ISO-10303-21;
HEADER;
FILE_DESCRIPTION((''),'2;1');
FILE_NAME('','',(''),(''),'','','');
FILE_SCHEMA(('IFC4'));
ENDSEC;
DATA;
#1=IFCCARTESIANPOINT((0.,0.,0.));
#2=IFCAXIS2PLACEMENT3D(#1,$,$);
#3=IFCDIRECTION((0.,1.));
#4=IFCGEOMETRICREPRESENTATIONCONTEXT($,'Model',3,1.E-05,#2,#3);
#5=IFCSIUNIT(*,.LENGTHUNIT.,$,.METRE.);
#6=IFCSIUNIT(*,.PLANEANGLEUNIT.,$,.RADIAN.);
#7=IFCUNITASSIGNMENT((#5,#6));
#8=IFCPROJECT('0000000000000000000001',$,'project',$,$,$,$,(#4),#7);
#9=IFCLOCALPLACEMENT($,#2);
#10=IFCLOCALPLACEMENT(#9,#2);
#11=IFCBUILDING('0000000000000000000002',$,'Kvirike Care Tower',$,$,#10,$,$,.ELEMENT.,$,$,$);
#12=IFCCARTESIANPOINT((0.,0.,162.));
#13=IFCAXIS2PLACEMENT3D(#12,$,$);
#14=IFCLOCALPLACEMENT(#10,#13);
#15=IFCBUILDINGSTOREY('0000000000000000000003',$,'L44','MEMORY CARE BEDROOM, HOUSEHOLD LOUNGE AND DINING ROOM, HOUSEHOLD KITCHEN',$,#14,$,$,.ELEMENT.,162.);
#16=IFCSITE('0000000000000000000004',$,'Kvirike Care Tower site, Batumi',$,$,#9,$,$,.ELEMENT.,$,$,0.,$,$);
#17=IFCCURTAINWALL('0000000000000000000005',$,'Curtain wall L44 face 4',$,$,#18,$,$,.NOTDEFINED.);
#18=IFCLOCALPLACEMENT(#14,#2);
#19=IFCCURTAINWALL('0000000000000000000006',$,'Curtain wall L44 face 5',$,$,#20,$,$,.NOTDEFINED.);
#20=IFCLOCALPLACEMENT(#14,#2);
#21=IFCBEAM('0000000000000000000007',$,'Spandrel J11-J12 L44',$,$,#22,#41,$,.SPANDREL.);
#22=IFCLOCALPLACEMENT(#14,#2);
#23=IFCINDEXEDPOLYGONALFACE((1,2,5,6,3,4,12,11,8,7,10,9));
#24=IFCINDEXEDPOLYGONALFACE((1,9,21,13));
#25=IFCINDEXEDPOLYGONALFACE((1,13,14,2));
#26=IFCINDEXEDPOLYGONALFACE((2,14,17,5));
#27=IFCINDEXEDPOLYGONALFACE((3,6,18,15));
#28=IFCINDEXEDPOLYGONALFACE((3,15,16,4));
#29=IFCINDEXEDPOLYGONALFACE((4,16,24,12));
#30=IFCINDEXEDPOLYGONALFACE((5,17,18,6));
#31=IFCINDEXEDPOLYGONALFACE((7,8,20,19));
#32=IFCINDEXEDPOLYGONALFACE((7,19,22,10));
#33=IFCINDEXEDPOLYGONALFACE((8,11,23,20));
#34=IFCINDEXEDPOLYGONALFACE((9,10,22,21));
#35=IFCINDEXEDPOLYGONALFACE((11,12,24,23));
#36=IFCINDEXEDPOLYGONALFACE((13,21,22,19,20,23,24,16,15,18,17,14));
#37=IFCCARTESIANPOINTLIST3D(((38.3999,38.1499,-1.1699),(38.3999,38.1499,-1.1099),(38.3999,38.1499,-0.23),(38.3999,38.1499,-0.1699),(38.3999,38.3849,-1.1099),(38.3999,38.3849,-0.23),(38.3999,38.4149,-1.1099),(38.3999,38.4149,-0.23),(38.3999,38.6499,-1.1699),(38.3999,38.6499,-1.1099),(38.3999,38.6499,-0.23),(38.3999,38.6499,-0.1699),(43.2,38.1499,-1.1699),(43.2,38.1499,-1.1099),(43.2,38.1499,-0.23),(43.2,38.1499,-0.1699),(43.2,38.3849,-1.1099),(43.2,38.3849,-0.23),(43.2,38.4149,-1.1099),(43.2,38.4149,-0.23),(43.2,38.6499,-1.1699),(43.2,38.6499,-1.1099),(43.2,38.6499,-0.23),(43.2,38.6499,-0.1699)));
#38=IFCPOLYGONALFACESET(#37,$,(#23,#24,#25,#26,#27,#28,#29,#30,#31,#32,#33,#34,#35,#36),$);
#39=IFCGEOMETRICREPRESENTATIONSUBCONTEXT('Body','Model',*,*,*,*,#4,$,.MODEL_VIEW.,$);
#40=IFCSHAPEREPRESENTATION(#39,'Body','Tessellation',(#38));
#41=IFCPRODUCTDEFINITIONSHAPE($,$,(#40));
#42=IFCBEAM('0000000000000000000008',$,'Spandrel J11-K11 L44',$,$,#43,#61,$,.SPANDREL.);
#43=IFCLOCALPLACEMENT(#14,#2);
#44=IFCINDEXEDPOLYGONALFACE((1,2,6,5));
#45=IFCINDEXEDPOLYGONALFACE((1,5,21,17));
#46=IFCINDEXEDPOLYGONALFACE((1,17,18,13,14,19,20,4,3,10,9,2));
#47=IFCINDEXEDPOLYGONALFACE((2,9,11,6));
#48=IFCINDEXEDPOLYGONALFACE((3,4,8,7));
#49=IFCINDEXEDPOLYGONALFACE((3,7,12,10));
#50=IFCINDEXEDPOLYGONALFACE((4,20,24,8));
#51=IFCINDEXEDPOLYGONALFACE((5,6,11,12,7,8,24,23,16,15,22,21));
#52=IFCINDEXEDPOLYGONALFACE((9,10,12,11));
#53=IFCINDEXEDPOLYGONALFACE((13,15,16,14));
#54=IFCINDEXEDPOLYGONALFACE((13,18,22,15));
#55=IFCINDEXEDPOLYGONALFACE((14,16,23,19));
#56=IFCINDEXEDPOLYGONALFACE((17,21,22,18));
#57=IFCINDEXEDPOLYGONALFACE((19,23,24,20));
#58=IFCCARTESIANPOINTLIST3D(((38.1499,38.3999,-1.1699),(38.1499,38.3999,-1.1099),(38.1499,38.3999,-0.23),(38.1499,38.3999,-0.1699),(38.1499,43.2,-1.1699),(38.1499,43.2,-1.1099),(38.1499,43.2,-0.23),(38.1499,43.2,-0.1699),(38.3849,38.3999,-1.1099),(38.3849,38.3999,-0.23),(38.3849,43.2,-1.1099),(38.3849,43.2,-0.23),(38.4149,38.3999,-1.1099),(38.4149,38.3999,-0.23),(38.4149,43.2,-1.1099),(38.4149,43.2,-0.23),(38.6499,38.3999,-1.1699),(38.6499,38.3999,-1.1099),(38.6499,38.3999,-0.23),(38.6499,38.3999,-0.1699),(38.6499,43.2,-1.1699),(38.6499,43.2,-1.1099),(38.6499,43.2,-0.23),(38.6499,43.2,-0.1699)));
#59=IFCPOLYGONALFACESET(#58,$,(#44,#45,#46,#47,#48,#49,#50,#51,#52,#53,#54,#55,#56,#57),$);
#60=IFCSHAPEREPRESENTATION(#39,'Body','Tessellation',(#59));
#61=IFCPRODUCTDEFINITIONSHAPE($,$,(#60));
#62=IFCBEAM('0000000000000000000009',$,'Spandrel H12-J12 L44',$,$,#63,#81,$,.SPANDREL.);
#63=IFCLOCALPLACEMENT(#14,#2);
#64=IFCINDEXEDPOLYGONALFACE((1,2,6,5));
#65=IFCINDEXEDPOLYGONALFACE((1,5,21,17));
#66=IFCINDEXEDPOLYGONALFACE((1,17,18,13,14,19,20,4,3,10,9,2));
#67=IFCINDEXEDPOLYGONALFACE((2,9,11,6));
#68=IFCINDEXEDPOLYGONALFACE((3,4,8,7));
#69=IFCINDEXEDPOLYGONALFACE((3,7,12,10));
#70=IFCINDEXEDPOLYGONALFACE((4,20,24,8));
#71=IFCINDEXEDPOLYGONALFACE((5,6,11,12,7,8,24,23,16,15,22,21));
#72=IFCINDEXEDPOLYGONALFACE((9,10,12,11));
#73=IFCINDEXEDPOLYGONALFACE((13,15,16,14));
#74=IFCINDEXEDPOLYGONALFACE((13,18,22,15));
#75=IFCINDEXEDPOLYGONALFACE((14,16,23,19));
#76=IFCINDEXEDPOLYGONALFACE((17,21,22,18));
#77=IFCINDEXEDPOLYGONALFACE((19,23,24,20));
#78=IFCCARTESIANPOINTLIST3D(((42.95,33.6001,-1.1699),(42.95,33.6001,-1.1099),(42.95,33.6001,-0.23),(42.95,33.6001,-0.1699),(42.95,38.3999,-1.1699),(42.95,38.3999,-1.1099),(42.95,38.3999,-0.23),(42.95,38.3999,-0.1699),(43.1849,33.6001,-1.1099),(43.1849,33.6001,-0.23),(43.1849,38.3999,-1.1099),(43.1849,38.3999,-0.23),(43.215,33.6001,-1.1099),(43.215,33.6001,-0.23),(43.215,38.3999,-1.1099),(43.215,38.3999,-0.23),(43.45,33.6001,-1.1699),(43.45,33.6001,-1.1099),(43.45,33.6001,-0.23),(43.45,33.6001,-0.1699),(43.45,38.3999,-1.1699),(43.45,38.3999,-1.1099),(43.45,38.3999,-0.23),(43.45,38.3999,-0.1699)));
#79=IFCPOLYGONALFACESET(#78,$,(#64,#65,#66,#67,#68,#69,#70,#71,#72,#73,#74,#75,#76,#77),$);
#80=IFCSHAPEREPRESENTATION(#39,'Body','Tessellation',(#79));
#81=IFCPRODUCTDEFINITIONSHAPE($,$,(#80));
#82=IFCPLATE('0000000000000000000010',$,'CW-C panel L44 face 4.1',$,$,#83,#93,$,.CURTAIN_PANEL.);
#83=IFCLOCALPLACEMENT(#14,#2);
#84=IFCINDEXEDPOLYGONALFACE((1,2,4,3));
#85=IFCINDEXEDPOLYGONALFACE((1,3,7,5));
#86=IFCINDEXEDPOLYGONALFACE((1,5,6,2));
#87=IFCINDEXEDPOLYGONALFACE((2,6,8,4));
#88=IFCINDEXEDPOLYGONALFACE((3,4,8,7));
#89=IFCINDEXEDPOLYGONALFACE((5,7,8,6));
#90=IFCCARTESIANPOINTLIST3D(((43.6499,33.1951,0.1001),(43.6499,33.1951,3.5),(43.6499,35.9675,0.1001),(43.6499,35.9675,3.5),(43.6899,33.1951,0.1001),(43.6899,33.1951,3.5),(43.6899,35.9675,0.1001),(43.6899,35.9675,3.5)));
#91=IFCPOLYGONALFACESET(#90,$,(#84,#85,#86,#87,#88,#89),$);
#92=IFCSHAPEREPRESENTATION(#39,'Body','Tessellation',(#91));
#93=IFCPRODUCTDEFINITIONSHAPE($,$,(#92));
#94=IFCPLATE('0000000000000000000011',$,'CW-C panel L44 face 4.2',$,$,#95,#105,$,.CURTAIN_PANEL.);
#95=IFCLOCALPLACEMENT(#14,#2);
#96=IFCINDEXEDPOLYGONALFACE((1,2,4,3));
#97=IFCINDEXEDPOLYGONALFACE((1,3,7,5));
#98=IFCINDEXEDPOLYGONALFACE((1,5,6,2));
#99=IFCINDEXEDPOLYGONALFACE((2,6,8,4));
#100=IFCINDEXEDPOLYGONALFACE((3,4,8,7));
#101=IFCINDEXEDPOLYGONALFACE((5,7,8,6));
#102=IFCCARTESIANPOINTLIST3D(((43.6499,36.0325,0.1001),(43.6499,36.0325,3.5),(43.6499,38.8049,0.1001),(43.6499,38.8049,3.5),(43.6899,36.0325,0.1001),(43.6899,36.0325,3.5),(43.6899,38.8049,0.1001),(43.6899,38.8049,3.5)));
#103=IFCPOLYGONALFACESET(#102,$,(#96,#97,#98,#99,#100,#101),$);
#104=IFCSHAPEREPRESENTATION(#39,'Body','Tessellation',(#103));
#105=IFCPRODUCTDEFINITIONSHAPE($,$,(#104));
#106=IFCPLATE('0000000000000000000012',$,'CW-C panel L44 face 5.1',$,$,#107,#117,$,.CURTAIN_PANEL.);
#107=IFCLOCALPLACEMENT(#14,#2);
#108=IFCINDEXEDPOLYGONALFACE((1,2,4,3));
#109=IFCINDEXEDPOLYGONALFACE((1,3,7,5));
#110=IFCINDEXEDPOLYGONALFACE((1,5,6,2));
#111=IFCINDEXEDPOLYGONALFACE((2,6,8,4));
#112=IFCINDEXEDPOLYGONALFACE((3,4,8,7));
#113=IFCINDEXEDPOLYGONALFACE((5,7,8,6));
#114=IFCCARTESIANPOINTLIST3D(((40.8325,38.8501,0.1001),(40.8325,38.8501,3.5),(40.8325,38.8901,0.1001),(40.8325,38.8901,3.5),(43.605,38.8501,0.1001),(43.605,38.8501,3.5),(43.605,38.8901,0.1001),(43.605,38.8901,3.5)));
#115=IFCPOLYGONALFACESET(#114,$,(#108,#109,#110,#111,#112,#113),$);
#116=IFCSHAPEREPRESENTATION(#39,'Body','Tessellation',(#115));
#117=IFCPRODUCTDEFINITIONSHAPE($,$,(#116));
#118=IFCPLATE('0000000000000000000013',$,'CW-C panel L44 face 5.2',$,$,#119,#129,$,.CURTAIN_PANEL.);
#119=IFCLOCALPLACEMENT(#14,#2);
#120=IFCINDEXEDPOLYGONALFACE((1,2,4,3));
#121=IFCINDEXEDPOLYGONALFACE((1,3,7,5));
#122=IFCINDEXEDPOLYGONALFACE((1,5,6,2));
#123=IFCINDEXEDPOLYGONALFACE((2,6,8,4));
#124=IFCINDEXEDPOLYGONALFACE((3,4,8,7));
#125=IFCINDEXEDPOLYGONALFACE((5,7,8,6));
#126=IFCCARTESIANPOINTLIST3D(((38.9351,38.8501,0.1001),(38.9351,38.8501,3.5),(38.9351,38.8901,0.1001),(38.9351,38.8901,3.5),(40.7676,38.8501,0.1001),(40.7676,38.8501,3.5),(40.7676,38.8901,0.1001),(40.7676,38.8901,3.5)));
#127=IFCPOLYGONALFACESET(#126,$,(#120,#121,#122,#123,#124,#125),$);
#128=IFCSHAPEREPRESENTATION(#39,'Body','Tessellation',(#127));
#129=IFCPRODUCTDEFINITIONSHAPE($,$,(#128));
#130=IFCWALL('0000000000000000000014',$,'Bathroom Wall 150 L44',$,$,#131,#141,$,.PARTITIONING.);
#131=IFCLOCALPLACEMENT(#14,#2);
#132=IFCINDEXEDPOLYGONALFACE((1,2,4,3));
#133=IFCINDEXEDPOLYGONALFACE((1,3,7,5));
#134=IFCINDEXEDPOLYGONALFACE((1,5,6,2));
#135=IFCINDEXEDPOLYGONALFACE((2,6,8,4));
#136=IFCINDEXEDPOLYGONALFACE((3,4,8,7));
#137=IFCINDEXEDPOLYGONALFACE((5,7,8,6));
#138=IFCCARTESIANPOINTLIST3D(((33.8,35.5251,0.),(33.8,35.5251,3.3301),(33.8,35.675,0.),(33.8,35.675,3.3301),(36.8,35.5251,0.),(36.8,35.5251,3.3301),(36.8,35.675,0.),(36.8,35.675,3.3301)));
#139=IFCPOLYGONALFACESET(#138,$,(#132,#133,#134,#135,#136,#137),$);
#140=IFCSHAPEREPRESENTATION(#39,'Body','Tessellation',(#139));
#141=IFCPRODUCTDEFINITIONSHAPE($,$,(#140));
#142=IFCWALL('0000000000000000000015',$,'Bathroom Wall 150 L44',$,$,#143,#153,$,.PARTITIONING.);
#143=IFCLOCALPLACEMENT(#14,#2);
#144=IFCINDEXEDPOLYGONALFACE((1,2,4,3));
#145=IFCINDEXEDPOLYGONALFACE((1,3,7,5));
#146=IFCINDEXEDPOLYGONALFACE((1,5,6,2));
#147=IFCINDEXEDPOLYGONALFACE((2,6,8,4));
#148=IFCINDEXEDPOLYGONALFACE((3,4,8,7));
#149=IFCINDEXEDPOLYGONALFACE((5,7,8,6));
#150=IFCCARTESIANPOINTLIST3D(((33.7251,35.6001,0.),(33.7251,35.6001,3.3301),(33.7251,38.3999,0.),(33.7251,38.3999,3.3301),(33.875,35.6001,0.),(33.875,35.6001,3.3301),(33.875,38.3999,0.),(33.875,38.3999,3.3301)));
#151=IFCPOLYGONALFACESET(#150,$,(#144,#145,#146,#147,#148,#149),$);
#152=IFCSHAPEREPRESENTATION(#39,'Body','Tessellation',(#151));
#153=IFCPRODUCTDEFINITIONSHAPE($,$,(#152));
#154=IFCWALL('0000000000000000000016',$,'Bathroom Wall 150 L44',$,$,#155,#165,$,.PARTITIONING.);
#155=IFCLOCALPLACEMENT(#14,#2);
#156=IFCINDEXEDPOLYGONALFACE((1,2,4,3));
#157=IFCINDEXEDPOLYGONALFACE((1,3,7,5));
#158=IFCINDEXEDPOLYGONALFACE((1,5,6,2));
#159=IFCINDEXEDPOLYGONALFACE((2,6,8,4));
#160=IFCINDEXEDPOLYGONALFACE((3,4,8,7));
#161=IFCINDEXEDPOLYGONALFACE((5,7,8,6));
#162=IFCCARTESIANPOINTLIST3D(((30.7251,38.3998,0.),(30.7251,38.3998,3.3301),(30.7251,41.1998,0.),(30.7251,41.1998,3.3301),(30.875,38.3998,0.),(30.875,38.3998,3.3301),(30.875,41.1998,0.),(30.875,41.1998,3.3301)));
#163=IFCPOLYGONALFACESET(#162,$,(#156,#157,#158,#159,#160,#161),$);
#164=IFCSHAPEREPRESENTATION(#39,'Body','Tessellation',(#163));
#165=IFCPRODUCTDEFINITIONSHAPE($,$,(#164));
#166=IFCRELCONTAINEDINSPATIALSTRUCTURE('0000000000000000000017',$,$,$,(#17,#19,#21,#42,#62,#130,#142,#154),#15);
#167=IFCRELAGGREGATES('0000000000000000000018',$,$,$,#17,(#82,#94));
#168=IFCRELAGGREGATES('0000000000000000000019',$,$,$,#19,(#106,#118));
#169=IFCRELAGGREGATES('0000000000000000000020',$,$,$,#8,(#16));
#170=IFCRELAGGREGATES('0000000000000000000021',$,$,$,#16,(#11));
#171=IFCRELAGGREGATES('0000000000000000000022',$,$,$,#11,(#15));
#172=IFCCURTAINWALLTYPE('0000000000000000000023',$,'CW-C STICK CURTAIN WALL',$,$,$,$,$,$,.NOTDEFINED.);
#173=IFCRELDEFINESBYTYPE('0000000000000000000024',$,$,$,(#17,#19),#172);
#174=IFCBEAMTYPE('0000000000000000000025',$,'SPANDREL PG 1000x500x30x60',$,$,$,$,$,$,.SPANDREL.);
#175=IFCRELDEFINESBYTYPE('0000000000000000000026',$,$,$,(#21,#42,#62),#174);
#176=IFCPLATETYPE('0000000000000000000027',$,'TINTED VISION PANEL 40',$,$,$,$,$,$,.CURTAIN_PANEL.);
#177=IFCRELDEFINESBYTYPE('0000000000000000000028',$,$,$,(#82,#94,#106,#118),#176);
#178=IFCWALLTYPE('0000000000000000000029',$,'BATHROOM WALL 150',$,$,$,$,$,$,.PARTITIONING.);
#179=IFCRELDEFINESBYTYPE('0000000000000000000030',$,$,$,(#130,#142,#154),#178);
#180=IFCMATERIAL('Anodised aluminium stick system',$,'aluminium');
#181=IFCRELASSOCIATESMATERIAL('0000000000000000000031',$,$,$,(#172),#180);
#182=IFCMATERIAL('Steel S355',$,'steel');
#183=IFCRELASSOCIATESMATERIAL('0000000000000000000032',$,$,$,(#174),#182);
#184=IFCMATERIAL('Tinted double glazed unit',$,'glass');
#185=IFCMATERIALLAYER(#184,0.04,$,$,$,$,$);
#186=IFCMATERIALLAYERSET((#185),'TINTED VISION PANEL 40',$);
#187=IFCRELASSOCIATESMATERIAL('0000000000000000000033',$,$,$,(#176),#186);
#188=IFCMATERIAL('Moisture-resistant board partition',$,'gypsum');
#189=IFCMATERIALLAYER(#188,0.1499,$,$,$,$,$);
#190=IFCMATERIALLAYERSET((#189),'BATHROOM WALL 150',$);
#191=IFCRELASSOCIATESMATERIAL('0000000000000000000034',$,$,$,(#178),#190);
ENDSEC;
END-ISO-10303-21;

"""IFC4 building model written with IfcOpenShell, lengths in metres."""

from ifc_helpers import new_model, si_unit, direction, frame, frame_2d, origin, origin_2d, place, context, subcontext, project, spatial, rectangle, i_section, extrude, material, layer, layer_set, material_profile, profile_set, type_object, element, aggregate, save


model = new_model("IFC4")

# Units and contexts
model_context = context("Model", 3, precision=1e-05, world=origin(), true_north=direction((0.0, 1.0)))
body_context = subcontext(model_context, "Body", "Model", "MODEL_VIEW")
ifc_project = project(units=[si_unit("LENGTHUNIT", "METRE"), si_unit("PLANEANGLEUNIT", "RADIAN")], contexts=[model_context])

# Site, building, storey
site_placement = place(None, origin())
site = spatial("IfcSite", under=ifc_project, at=site_placement, Name="Kvirike Care Tower site, Batumi", CompositionType="ELEMENT", RefElevation=0.0)
building_placement = place(site_placement, origin())
building = spatial("IfcBuilding", under=site, at=building_placement, Name="Kvirike Care Tower", CompositionType="ELEMENT")
storey_placement = place(building_placement, frame((0.0, 0.0, 162.0)))
storey = spatial("IfcBuildingStorey", under=building, at=storey_placement, Name="L44", Description="MEMORY CARE BEDROOM, HOUSEHOLD LOUNGE AND DINING ROOM, HOUSEHOLD KITCHEN", CompositionType="ELEMENT", Elevation=162.0)

# Curtain walls
ifc_material_1 = material(Name="Anodised aluminium stick system", Category="aluminium")
curtain_wall_type = type_object("IfcCurtainWallType", Name="CW-C STICK CURTAIN WALL", PredefinedType="NOTDEFINED", material=ifc_material_1)
curtain_wall_1_placement = place(storey_placement, origin())
curtain_wall_1 = element("IfcCurtainWall", 1, at=curtain_wall_1_placement, inside=storey, type_object=curtain_wall_type, Name="Curtain wall L44 face 4", PredefinedType="NOTDEFINED")
curtain_wall_2_placement = place(storey_placement, origin())
curtain_wall_2 = element("IfcCurtainWall", 2, at=curtain_wall_2_placement, inside=storey, type_object=curtain_wall_type, Name="Curtain wall L44 face 5", PredefinedType="NOTDEFINED")

# Beams
ifc_material_2 = material(Name="Steel S355", Category="steel")
ifc_material_profile_1 = material_profile(ifc_material_2, i_section(OverallWidth=0.5, OverallDepth=1.0, WebThickness=0.03, FlangeThickness=0.0601, at=origin_2d()), Name="PG 1000x500x30x60")
ifc_profile_set_1 = profile_set([ifc_material_profile_1], Name="Steel S355")
beam_type = type_object("IfcBeamType", Name="SPANDREL PG 1000x500x30x60", PredefinedType="SPANDREL", material=ifc_profile_set_1)
for number, where, z_axis, x_axis, name in (
    (3, (38.3999, 38.3999, -0.6699), (1.0, 0.0, 0.0), (0.0, 1.0, 0.0), "Spandrel J11-J12 L44"),
    (4, (38.3999, 38.3999, -0.6699), (0.0, 1.0, 0.0), (-1.0, 0.0, 0.0), "Spandrel J11-K11 L44"),
):
    element("IfcBeam", number, at=place(storey_placement, frame(where, z_axis=z_axis, x_axis=x_axis)), inside=storey, type_object=beam_type, Name=name, PredefinedType="SPANDREL", context=body_context, shape_type="SweptSolid", body=[
        extrude(i_section(OverallWidth=0.5, OverallDepth=1.0, WebThickness=0.03, FlangeThickness=0.0601, at=origin_2d()), origin(), (0.0, 0.0, 1.0), 4.8),
    ])
beam_placement = place(storey_placement, frame((43.2, 33.6001, -0.6699), z_axis=(0.0, 1.0, 0.0), x_axis=(-1.0, 0.0, 0.0)))
element("IfcBeam", 5, at=beam_placement, inside=storey, type_object=beam_type, Name="Spandrel H12-J12 L44", PredefinedType="SPANDREL", context=body_context, shape_type="SweptSolid", body=[
    extrude(i_section(OverallWidth=0.5, OverallDepth=1.0, WebThickness=0.03, FlangeThickness=0.0601, at=origin_2d()), origin(), (0.0, 0.0, 1.0), 4.7998),
])

# Plates
ifc_material_3 = material(Name="Tinted double glazed unit", Category="glass")
ifc_layer_1 = layer(ifc_material_3, 0.04)
ifc_layer_set_1 = layer_set([ifc_layer_1], Name="TINTED VISION PANEL 40")
plate_type = type_object("IfcPlateType", Name="TINTED VISION PANEL 40", PredefinedType="CURTAIN_PANEL", material=ifc_layer_set_1)
plate_1_placement = place(storey_placement, frame((43.6699, 34.5813, 0.1001), z_axis=(0.0, 0.0, 1.0), x_axis=(0.0, 1.0, 0.0)))
plate_1 = element("IfcPlate", 6, at=plate_1_placement, type_object=plate_type, Name="CW-C panel L44 face 4.1", PredefinedType="CURTAIN_PANEL", context=body_context, shape_type="SweptSolid", body=[
    extrude(rectangle(XDim=2.7725, YDim=0.04, at=origin_2d()), origin(), (0.0, 0.0, 1.0), 3.3999),
])
plate_2_placement = place(storey_placement, frame((43.6699, 37.4187, 0.1001), z_axis=(0.0, 0.0, 1.0), x_axis=(0.0, 1.0, 0.0)))
plate_2 = element("IfcPlate", 7, at=plate_2_placement, type_object=plate_type, Name="CW-C panel L44 face 4.2", PredefinedType="CURTAIN_PANEL", context=body_context, shape_type="SweptSolid", body=[
    extrude(rectangle(XDim=2.7725, YDim=0.04, at=origin_2d()), origin(), (0.0, 0.0, 1.0), 3.3999),
])
aggregate(curtain_wall_1, [plate_1, plate_2])
plate_3_placement = place(storey_placement, frame((42.2188, 38.8701, 0.1001), z_axis=(0.0, 0.0, 1.0), x_axis=(-1.0, 0.0, 0.0)))
plate_3 = element("IfcPlate", 8, at=plate_3_placement, type_object=plate_type, Name="CW-C panel L44 face 5.1", PredefinedType="CURTAIN_PANEL", context=body_context, shape_type="SweptSolid", body=[
    extrude(rectangle(XDim=2.7725, YDim=0.04, at=origin_2d()), origin(), (0.0, 0.0, 1.0), 3.3999),
])
plate_4_placement = place(storey_placement, frame((39.8513, 38.8701, 0.1001), z_axis=(0.0, 0.0, 1.0), x_axis=(-1.0, 0.0, 0.0)))
plate_4 = element("IfcPlate", 9, at=plate_4_placement, type_object=plate_type, Name="CW-C panel L44 face 5.2", PredefinedType="CURTAIN_PANEL", context=body_context, shape_type="SweptSolid", body=[
    extrude(rectangle(XDim=1.8325, YDim=0.04, at=origin_2d()), origin(), (0.0, 0.0, 1.0), 3.3999),
])
aggregate(curtain_wall_2, [plate_3, plate_4])

# Walls
ifc_material_4 = material(Name="Moisture-resistant board partition", Category="gypsum")
ifc_layer_2 = layer(ifc_material_4, 0.1499)
ifc_layer_set_2 = layer_set([ifc_layer_2], Name="BATHROOM WALL 150")
wall_type_1 = type_object("IfcWallType", Name="BATHROOM WALL 150", PredefinedType="PARTITIONING", material=ifc_layer_set_2)
wall_1_placement = place(storey_placement, frame((36.8, 35.6001, 0.0), z_axis=(0.0, 0.0, 1.0), x_axis=(-1.0, 0.0, 0.0)))
element("IfcWall", 10, at=wall_1_placement, inside=storey, type_object=wall_type_1, Name="Bathroom Wall 150 L44", PredefinedType="PARTITIONING", context=body_context, shape_type="SweptSolid", body=[
    extrude(rectangle(XDim=3.0, YDim=0.1499, at=frame_2d((1.5, 0.0))), origin(), (0.0, 0.0, 1.0), 3.3301),
])
wall_2_placement = place(storey_placement, frame((33.8, 35.6001, 0.0), z_axis=(0.0, 0.0, 1.0), x_axis=(0.0, 1.0, 0.0)))
element("IfcWall", 11, at=wall_2_placement, inside=storey, type_object=wall_type_1, Name="Bathroom Wall 150 L44", PredefinedType="PARTITIONING", context=body_context, shape_type="SweptSolid", body=[
    extrude(rectangle(XDim=2.7998, YDim=0.1499, at=frame_2d((1.3999, 0.0))), origin(), (0.0, 0.0, 1.0), 3.3301),
])
wall_3_placement = place(storey_placement, frame((30.8, 38.3999, 0.0), z_axis=(0.0, 0.0, 1.0), x_axis=(0.0, 1.0, 0.0)))
element("IfcWall", 12, at=wall_3_placement, inside=storey, type_object=wall_type_1, Name="Bathroom Wall 150 L44", PredefinedType="PARTITIONING", context=body_context, shape_type="SweptSolid", body=[
    extrude(rectangle(XDim=2.8, YDim=0.1499, at=frame_2d((1.3999, 0.0))), origin(), (0.0, 0.0, 1.0), 3.3301),
])

save(model, "model.ifc")
